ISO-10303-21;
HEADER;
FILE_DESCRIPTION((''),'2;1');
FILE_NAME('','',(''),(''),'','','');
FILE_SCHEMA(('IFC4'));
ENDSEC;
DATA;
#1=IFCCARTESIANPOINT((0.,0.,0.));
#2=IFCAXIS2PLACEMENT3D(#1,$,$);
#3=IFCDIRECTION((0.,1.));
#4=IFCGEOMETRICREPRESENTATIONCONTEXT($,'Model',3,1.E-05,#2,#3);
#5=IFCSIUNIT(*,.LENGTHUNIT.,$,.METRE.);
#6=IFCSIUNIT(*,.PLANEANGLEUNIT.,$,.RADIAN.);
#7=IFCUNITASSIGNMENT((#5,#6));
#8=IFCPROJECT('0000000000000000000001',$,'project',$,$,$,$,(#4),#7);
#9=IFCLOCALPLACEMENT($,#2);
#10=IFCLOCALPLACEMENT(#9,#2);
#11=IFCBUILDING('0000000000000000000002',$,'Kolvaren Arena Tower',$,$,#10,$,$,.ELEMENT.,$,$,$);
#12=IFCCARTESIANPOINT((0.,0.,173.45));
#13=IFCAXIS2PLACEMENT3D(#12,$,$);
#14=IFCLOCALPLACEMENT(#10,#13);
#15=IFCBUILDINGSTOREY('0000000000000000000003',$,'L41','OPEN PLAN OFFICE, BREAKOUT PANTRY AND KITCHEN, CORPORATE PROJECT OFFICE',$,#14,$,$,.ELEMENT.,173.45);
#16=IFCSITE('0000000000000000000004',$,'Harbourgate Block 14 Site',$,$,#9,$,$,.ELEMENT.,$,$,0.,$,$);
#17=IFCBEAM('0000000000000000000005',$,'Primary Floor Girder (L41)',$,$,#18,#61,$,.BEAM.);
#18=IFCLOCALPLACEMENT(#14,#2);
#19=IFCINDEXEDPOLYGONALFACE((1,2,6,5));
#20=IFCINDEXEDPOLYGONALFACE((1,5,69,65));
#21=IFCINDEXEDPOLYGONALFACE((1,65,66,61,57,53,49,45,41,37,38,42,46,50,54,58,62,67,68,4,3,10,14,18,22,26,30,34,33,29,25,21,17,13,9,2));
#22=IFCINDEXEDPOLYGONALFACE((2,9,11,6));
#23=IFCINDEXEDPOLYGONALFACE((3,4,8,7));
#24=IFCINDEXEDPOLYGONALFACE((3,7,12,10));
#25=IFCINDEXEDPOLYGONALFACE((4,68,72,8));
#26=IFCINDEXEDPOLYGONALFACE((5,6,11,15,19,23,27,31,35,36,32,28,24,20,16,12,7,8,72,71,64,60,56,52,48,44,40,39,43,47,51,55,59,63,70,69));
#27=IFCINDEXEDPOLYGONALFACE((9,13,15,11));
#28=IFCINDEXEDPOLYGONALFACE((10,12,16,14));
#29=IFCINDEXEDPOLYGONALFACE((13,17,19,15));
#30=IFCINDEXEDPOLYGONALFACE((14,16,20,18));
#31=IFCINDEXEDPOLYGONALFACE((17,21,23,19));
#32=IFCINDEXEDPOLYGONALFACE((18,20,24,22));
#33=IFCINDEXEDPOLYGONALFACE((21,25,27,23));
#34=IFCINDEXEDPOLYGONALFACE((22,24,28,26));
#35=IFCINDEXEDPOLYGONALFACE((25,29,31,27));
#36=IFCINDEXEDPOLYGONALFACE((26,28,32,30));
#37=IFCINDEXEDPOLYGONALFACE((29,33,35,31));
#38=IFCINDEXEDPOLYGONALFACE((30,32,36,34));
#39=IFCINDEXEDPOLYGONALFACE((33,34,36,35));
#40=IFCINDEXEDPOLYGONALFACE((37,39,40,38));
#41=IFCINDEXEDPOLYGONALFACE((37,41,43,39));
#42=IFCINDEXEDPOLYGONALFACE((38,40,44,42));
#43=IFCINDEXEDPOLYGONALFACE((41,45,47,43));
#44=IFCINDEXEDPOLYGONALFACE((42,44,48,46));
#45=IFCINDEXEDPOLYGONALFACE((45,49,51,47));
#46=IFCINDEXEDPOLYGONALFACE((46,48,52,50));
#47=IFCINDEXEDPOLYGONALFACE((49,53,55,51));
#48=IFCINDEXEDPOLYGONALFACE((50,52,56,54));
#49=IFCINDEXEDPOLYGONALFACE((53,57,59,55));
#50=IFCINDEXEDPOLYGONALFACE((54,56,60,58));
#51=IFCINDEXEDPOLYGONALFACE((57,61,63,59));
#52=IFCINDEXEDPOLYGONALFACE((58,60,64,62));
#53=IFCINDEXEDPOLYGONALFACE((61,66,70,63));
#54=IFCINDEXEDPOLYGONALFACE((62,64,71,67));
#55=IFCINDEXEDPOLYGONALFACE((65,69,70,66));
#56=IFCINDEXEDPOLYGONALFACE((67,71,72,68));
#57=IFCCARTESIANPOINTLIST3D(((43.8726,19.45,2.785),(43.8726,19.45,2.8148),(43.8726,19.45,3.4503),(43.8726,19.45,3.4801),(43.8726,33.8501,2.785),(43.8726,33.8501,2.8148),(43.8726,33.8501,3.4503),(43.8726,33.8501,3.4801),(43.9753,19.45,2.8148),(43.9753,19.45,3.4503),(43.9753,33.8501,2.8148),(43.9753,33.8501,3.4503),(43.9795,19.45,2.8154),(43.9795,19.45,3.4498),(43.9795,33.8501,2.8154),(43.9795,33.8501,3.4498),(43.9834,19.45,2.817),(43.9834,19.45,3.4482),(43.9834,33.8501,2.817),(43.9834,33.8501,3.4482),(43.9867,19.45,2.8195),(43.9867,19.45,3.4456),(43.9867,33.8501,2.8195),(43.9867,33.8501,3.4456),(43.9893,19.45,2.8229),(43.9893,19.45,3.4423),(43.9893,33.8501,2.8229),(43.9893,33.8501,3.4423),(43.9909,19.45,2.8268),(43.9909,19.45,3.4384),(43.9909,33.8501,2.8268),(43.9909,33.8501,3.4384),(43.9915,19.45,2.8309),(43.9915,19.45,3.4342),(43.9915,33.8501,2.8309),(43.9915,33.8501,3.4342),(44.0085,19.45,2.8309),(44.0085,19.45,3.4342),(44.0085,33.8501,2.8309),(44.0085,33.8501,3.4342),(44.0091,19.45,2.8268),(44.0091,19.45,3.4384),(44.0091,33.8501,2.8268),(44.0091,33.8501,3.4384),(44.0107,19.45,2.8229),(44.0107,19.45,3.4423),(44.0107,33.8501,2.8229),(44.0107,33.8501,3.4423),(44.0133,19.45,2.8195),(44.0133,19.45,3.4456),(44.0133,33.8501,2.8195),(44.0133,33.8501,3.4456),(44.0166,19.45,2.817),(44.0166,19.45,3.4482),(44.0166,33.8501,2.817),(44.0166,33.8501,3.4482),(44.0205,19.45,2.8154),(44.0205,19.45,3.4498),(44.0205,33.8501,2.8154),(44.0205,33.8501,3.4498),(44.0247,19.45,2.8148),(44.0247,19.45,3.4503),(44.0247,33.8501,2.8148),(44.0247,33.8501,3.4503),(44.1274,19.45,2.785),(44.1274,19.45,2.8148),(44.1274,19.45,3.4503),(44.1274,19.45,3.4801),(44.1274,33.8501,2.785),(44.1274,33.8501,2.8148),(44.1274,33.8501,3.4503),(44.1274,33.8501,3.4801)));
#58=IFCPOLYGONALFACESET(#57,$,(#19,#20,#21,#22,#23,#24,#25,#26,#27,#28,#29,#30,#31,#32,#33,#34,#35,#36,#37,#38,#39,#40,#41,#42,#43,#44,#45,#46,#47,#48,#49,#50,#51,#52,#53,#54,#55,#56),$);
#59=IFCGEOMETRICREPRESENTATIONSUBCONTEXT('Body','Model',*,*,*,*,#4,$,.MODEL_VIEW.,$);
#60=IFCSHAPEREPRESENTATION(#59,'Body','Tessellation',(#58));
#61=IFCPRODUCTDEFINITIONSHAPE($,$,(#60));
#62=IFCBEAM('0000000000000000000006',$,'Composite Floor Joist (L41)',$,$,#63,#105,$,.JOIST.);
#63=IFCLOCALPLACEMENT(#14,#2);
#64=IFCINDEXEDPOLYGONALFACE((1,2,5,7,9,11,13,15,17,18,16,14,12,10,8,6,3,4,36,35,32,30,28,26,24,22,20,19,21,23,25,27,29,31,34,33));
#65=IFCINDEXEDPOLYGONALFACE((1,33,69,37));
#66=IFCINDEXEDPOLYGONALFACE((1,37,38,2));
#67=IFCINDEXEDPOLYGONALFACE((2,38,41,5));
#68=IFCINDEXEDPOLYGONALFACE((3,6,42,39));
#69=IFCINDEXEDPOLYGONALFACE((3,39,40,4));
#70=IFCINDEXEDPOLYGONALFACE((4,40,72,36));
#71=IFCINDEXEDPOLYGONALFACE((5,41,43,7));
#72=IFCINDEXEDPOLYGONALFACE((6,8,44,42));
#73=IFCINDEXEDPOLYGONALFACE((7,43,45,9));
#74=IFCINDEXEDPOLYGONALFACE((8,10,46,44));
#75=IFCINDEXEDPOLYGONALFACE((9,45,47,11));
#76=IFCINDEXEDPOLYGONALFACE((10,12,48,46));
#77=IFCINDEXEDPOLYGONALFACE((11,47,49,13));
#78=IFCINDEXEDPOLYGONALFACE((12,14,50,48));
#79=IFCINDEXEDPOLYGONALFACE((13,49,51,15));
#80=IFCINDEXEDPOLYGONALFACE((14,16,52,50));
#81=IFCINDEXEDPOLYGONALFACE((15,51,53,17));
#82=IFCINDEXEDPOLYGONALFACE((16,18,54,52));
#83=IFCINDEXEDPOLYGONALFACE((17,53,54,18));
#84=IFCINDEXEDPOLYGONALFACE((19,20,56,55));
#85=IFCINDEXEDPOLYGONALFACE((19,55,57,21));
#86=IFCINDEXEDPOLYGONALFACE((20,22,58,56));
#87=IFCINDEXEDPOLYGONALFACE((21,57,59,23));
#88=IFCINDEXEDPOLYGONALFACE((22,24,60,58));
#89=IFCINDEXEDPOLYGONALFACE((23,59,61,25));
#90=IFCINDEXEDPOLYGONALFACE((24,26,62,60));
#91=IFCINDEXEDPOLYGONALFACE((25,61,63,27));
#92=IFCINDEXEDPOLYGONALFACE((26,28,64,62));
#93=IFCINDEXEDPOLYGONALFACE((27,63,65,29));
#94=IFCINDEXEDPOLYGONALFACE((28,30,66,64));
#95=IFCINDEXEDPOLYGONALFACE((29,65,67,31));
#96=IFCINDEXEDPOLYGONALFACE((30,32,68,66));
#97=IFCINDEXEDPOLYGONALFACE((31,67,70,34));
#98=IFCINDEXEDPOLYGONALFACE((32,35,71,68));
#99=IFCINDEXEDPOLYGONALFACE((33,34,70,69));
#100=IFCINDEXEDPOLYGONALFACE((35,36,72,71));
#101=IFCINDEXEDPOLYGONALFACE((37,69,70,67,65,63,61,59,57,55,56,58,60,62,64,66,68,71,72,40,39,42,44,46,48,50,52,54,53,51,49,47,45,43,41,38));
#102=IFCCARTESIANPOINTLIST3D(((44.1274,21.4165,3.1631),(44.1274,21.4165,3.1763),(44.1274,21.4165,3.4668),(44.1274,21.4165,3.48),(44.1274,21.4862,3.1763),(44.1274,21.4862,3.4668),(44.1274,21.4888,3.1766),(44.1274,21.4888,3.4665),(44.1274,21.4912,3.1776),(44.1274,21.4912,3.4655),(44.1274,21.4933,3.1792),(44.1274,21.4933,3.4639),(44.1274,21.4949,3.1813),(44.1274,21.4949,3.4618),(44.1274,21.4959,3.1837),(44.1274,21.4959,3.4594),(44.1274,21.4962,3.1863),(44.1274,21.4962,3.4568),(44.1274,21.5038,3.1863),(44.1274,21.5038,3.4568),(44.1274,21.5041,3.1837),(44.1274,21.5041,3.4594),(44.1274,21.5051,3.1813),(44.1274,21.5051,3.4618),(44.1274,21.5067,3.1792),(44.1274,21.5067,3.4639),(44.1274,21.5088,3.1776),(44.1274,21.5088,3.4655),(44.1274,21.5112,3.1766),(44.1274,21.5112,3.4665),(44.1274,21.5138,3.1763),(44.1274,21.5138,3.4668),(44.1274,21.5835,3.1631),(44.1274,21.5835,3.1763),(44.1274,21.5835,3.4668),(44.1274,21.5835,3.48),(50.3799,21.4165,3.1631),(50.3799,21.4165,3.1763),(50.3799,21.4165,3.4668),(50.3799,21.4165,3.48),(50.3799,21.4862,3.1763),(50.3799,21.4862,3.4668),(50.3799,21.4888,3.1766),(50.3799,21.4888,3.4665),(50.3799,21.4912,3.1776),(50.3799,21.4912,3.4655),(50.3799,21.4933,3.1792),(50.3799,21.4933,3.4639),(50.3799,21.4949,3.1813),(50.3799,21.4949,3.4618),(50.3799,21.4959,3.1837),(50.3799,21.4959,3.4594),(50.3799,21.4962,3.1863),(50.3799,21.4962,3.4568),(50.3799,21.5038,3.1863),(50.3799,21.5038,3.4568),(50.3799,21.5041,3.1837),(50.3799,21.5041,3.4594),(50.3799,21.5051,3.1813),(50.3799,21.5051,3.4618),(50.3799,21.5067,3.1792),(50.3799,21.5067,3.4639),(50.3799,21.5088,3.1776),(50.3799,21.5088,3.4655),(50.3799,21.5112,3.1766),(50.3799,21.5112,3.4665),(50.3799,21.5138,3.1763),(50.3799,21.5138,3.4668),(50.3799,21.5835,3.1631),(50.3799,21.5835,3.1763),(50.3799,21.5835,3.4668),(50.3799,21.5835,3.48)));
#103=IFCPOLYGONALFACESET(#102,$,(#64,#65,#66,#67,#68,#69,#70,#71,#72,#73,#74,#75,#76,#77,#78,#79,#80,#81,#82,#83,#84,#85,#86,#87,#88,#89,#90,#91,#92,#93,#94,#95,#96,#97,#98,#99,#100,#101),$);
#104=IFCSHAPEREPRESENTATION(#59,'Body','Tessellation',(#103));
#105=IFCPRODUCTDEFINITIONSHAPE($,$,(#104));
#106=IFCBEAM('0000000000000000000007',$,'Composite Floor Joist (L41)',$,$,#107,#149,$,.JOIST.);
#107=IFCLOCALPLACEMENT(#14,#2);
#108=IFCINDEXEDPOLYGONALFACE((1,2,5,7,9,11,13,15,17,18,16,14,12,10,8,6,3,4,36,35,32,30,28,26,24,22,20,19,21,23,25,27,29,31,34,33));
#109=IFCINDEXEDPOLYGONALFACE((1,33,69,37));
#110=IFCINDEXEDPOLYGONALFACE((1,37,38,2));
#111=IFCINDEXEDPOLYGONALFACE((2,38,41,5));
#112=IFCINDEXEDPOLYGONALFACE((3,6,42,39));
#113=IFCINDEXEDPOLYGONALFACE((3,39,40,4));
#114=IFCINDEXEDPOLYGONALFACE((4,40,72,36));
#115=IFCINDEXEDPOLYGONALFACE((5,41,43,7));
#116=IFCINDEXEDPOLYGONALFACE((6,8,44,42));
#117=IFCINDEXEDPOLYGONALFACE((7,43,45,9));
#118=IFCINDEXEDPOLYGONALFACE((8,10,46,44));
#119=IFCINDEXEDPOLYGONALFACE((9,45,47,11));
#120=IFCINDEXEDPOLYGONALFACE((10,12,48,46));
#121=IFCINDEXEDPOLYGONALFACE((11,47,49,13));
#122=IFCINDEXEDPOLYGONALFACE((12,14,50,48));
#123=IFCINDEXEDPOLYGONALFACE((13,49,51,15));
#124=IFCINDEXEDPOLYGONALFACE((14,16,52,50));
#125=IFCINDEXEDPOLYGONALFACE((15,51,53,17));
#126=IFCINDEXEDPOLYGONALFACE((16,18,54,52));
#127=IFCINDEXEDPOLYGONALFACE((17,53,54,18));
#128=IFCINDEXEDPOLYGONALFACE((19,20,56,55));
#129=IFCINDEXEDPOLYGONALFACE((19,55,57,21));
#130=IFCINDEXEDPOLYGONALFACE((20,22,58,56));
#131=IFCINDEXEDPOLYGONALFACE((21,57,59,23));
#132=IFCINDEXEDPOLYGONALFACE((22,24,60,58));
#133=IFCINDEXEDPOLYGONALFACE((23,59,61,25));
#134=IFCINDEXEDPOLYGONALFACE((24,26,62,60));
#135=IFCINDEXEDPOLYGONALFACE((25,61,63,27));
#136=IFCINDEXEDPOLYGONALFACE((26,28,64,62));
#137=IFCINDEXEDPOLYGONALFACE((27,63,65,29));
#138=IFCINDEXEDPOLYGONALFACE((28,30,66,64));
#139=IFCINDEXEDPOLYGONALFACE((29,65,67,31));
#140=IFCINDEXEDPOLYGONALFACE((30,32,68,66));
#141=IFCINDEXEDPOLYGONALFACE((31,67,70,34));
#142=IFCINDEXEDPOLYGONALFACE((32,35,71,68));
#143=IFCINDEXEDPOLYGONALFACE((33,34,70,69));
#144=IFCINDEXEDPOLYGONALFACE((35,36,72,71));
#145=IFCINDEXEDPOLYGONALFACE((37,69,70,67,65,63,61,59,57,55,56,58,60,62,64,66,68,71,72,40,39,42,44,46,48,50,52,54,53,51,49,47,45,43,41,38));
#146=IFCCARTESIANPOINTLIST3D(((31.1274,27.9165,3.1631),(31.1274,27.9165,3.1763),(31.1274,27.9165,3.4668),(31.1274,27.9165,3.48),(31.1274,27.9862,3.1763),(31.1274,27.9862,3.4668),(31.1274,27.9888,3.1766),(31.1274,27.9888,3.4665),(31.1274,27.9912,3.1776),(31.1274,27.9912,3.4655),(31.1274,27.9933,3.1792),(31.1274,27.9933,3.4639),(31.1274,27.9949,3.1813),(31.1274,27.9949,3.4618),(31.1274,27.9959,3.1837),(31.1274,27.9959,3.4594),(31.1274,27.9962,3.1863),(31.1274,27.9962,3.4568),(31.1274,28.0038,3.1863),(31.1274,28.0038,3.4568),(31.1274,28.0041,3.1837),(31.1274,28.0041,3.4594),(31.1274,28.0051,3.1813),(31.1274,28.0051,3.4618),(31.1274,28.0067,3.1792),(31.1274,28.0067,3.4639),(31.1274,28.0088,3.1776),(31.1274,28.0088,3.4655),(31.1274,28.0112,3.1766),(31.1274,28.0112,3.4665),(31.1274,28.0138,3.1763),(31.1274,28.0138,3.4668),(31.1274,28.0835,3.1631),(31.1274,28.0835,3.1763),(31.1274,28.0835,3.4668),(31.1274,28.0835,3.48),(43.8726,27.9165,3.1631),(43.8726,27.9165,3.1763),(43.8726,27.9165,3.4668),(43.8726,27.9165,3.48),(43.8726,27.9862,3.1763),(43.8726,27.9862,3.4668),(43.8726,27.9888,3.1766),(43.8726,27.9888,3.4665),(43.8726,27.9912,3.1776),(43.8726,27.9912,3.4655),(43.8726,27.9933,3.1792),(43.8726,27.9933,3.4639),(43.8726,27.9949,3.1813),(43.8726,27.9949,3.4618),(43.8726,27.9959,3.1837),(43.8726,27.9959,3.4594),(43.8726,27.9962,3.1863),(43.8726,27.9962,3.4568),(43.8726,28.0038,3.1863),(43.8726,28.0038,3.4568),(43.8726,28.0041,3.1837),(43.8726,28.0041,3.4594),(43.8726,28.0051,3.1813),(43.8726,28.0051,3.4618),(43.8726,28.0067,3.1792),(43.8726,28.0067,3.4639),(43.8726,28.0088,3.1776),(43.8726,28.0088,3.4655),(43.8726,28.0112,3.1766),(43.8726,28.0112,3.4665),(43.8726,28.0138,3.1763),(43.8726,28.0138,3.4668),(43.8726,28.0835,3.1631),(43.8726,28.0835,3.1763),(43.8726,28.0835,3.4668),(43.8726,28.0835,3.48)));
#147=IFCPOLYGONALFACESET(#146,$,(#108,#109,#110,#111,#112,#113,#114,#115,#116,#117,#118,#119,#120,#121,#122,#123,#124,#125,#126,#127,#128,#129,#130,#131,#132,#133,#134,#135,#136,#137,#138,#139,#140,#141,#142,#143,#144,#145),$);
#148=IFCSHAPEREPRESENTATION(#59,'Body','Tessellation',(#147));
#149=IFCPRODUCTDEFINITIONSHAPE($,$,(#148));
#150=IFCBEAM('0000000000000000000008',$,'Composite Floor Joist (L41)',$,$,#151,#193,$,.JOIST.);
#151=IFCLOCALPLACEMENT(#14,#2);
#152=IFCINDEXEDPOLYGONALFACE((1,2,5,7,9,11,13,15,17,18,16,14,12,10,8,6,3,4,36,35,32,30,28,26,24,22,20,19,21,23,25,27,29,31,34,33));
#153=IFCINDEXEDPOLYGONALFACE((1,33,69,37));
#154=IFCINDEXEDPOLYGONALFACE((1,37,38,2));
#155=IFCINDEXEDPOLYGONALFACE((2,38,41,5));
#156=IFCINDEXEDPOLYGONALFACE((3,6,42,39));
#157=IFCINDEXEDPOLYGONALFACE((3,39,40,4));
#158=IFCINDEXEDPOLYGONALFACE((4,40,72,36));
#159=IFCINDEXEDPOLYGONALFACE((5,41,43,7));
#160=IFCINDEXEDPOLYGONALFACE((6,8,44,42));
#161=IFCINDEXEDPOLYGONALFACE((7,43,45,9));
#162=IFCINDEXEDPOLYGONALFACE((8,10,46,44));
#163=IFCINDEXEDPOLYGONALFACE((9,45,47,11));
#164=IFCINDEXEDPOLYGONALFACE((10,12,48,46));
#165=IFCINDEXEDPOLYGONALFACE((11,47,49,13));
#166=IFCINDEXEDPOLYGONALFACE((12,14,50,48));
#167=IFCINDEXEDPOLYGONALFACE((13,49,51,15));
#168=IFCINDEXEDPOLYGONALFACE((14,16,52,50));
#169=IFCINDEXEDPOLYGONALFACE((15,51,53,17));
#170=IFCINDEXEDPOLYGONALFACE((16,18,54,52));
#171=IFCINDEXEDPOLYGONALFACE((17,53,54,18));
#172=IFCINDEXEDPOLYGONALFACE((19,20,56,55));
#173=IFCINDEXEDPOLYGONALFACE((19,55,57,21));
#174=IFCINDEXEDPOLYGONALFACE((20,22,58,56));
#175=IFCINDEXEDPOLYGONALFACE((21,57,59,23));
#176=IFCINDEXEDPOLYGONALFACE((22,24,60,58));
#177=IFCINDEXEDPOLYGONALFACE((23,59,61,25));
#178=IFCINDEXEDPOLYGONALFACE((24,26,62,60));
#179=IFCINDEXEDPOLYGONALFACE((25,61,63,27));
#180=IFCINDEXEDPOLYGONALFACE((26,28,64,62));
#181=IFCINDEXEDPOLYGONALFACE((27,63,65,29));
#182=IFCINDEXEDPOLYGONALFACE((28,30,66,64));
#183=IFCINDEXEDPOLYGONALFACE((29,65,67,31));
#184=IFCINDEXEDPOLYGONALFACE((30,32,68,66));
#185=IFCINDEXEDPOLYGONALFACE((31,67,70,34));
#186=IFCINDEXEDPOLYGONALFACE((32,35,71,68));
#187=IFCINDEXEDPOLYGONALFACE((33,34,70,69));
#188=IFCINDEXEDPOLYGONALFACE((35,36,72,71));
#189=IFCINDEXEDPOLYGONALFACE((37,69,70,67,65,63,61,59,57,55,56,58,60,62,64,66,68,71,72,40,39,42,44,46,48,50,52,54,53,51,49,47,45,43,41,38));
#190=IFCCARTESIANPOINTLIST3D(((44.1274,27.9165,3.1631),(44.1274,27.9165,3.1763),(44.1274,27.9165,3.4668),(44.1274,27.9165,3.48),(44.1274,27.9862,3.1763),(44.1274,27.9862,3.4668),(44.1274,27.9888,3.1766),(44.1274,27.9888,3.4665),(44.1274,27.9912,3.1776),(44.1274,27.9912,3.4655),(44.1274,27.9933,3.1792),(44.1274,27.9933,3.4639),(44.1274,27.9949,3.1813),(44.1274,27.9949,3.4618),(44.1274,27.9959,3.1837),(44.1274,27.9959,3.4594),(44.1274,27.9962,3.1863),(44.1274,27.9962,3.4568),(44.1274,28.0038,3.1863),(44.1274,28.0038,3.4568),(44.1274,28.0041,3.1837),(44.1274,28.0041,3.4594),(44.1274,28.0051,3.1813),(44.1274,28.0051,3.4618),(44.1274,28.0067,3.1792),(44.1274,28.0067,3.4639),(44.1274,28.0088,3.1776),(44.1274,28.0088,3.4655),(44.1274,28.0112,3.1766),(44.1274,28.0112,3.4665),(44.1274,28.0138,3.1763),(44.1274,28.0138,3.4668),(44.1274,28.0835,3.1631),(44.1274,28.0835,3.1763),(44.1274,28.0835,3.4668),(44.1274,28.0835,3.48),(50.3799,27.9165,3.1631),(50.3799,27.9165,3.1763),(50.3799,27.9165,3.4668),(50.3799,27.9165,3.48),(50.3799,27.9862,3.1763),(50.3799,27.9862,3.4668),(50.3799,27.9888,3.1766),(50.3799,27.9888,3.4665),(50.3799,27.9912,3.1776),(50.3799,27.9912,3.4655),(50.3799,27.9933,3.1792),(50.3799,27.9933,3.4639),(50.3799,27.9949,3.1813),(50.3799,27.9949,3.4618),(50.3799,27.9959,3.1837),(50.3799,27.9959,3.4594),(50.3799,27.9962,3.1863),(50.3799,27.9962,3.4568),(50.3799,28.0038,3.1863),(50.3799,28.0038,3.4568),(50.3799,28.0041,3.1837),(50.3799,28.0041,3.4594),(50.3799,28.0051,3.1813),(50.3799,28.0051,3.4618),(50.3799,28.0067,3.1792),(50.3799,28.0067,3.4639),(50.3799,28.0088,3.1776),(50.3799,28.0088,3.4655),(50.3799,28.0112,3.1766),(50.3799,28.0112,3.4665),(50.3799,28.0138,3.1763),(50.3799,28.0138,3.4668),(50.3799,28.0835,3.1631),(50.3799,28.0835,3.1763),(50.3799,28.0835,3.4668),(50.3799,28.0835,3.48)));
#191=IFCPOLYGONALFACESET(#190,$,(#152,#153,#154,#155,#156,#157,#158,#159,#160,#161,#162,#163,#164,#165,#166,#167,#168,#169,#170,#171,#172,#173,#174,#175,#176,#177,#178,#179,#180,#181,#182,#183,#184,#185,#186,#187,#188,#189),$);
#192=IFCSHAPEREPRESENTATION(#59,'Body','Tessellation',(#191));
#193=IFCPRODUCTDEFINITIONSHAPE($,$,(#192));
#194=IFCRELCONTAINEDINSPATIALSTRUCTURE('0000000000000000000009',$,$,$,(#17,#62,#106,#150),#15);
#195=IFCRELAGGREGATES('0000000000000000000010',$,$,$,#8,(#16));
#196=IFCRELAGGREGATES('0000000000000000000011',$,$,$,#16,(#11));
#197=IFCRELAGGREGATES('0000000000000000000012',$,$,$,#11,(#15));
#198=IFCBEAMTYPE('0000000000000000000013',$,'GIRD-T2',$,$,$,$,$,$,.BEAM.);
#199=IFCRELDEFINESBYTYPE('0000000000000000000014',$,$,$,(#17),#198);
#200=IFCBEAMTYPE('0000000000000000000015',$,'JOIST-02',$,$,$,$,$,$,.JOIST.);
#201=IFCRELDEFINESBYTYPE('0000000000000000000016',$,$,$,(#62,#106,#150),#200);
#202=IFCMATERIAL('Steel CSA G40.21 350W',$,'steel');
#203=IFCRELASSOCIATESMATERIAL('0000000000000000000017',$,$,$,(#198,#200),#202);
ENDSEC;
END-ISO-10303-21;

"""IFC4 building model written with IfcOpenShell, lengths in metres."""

from ifc_helpers import new_model, si_unit, direction, frame, origin, origin_2d, place, context, subcontext, project, spatial, i_section, extrude, material, material_profile, profile_set, type_object, element, save


model = new_model("IFC4")

# Units and contexts
model_context = context("Model", 3, precision=1e-05, world=origin(), true_north=direction((0.0, 1.0)))
body_context = subcontext(model_context, "Body", "Model", "MODEL_VIEW")
ifc_project = project(units=[si_unit("LENGTHUNIT", "METRE"), si_unit("PLANEANGLEUNIT", "RADIAN")], contexts=[model_context])

# Site, building, storey
site_placement = place(None, origin())
site = spatial("IfcSite", under=ifc_project, at=site_placement, Name="Harbourgate Block 14 Site", CompositionType="ELEMENT", RefElevation=0.0)
building_placement = place(site_placement, origin())
building = spatial("IfcBuilding", under=site, at=building_placement, Name="Kolvaren Arena Tower", CompositionType="ELEMENT")
storey_placement = place(building_placement, frame((0.0, 0.0, 173.45)))
storey = spatial("IfcBuildingStorey", under=building, at=storey_placement, Name="L41", Description="OPEN PLAN OFFICE, BREAKOUT PANTRY AND KITCHEN, CORPORATE PROJECT OFFICE", CompositionType="ELEMENT", Elevation=173.45)

# Beams
ifc_material_1 = material(Name="Steel CSA G40.21 350W", Category="steel")
ifc_material_profile_1 = material_profile(ifc_material_1, i_section(OverallWidth=0.2549, OverallDepth=0.6951, WebThickness=0.0171, FlangeThickness=0.0298, FilletRadius=0.0161, at=origin_2d()), Name="W690x217")
ifc_profile_set_1 = profile_set([ifc_material_profile_1], Name="Steel CSA G40.21 350W")
beam_type_1 = type_object("IfcBeamType", Name="GIRD-T2", PredefinedType="BEAM", material=ifc_profile_set_1)
beam_1_placement = place(storey_placement, frame((44.0, 19.45, 3.1326), z_axis=(0.0, 1.0, 0.0), x_axis=(-1.0, 0.0, 0.0)))
element("IfcBeam", 1, at=beam_1_placement, inside=storey, type_object=beam_type_1, Name="Primary Floor Girder (L41)", PredefinedType="BEAM", context=body_context, shape_type="SweptSolid", body=[
    extrude(i_section(OverallWidth=0.2549, OverallDepth=0.6951, WebThickness=0.0171, FlangeThickness=0.0298, FilletRadius=0.0161, at=origin_2d()), origin(), (0.0, 0.0, 1.0), 14.4001),
])
ifc_material_profile_2 = material_profile(ifc_material_1, i_section(OverallWidth=0.167, OverallDepth=0.3169, WebThickness=0.0076, FlangeThickness=0.0132, FilletRadius=0.01, at=origin_2d()), Name="W310x52")
ifc_profile_set_2 = profile_set([ifc_material_profile_2], Name="Steel CSA G40.21 350W")
beam_type_2 = type_object("IfcBeamType", Name="JOIST-02", PredefinedType="JOIST", material=ifc_profile_set_2)
beam_2_placement = place(storey_placement, frame((44.1274, 21.5, 3.3215), z_axis=(1.0, 0.0, 0.0), x_axis=(0.0, 1.0, 0.0)))
element("IfcBeam", 2, at=beam_2_placement, inside=storey, type_object=beam_type_2, Name="Composite Floor Joist (L41)", PredefinedType="JOIST", context=body_context, shape_type="SweptSolid", body=[
    extrude(i_section(OverallWidth=0.167, OverallDepth=0.3169, WebThickness=0.0076, FlangeThickness=0.0132, FilletRadius=0.01, at=origin_2d()), origin(), (0.0, 0.0, 1.0), 6.2524),
])
beam_3_placement = place(storey_placement, frame((31.1274, 28.0, 3.3215), z_axis=(1.0, 0.0, 0.0), x_axis=(0.0, 1.0, 0.0)))
element("IfcBeam", 3, at=beam_3_placement, inside=storey, type_object=beam_type_2, Name="Composite Floor Joist (L41)", PredefinedType="JOIST", context=body_context, shape_type="SweptSolid", body=[
    extrude(i_section(OverallWidth=0.167, OverallDepth=0.3169, WebThickness=0.0076, FlangeThickness=0.0132, FilletRadius=0.01, at=origin_2d()), origin(), (0.0, 0.0, 1.0), 12.7451),
])
beam_4_placement = place(storey_placement, frame((44.1274, 28.0, 3.3215), z_axis=(1.0, 0.0, 0.0), x_axis=(0.0, 1.0, 0.0)))
element("IfcBeam", 4, at=beam_4_placement, inside=storey, type_object=beam_type_2, Name="Composite Floor Joist (L41)", PredefinedType="JOIST", context=body_context, shape_type="SweptSolid", body=[
    extrude(i_section(OverallWidth=0.167, OverallDepth=0.3169, WebThickness=0.0076, FlangeThickness=0.0132, FilletRadius=0.01, at=origin_2d()), origin(), (0.0, 0.0, 1.0), 6.2524),
])

save(model, "model.ifc")
